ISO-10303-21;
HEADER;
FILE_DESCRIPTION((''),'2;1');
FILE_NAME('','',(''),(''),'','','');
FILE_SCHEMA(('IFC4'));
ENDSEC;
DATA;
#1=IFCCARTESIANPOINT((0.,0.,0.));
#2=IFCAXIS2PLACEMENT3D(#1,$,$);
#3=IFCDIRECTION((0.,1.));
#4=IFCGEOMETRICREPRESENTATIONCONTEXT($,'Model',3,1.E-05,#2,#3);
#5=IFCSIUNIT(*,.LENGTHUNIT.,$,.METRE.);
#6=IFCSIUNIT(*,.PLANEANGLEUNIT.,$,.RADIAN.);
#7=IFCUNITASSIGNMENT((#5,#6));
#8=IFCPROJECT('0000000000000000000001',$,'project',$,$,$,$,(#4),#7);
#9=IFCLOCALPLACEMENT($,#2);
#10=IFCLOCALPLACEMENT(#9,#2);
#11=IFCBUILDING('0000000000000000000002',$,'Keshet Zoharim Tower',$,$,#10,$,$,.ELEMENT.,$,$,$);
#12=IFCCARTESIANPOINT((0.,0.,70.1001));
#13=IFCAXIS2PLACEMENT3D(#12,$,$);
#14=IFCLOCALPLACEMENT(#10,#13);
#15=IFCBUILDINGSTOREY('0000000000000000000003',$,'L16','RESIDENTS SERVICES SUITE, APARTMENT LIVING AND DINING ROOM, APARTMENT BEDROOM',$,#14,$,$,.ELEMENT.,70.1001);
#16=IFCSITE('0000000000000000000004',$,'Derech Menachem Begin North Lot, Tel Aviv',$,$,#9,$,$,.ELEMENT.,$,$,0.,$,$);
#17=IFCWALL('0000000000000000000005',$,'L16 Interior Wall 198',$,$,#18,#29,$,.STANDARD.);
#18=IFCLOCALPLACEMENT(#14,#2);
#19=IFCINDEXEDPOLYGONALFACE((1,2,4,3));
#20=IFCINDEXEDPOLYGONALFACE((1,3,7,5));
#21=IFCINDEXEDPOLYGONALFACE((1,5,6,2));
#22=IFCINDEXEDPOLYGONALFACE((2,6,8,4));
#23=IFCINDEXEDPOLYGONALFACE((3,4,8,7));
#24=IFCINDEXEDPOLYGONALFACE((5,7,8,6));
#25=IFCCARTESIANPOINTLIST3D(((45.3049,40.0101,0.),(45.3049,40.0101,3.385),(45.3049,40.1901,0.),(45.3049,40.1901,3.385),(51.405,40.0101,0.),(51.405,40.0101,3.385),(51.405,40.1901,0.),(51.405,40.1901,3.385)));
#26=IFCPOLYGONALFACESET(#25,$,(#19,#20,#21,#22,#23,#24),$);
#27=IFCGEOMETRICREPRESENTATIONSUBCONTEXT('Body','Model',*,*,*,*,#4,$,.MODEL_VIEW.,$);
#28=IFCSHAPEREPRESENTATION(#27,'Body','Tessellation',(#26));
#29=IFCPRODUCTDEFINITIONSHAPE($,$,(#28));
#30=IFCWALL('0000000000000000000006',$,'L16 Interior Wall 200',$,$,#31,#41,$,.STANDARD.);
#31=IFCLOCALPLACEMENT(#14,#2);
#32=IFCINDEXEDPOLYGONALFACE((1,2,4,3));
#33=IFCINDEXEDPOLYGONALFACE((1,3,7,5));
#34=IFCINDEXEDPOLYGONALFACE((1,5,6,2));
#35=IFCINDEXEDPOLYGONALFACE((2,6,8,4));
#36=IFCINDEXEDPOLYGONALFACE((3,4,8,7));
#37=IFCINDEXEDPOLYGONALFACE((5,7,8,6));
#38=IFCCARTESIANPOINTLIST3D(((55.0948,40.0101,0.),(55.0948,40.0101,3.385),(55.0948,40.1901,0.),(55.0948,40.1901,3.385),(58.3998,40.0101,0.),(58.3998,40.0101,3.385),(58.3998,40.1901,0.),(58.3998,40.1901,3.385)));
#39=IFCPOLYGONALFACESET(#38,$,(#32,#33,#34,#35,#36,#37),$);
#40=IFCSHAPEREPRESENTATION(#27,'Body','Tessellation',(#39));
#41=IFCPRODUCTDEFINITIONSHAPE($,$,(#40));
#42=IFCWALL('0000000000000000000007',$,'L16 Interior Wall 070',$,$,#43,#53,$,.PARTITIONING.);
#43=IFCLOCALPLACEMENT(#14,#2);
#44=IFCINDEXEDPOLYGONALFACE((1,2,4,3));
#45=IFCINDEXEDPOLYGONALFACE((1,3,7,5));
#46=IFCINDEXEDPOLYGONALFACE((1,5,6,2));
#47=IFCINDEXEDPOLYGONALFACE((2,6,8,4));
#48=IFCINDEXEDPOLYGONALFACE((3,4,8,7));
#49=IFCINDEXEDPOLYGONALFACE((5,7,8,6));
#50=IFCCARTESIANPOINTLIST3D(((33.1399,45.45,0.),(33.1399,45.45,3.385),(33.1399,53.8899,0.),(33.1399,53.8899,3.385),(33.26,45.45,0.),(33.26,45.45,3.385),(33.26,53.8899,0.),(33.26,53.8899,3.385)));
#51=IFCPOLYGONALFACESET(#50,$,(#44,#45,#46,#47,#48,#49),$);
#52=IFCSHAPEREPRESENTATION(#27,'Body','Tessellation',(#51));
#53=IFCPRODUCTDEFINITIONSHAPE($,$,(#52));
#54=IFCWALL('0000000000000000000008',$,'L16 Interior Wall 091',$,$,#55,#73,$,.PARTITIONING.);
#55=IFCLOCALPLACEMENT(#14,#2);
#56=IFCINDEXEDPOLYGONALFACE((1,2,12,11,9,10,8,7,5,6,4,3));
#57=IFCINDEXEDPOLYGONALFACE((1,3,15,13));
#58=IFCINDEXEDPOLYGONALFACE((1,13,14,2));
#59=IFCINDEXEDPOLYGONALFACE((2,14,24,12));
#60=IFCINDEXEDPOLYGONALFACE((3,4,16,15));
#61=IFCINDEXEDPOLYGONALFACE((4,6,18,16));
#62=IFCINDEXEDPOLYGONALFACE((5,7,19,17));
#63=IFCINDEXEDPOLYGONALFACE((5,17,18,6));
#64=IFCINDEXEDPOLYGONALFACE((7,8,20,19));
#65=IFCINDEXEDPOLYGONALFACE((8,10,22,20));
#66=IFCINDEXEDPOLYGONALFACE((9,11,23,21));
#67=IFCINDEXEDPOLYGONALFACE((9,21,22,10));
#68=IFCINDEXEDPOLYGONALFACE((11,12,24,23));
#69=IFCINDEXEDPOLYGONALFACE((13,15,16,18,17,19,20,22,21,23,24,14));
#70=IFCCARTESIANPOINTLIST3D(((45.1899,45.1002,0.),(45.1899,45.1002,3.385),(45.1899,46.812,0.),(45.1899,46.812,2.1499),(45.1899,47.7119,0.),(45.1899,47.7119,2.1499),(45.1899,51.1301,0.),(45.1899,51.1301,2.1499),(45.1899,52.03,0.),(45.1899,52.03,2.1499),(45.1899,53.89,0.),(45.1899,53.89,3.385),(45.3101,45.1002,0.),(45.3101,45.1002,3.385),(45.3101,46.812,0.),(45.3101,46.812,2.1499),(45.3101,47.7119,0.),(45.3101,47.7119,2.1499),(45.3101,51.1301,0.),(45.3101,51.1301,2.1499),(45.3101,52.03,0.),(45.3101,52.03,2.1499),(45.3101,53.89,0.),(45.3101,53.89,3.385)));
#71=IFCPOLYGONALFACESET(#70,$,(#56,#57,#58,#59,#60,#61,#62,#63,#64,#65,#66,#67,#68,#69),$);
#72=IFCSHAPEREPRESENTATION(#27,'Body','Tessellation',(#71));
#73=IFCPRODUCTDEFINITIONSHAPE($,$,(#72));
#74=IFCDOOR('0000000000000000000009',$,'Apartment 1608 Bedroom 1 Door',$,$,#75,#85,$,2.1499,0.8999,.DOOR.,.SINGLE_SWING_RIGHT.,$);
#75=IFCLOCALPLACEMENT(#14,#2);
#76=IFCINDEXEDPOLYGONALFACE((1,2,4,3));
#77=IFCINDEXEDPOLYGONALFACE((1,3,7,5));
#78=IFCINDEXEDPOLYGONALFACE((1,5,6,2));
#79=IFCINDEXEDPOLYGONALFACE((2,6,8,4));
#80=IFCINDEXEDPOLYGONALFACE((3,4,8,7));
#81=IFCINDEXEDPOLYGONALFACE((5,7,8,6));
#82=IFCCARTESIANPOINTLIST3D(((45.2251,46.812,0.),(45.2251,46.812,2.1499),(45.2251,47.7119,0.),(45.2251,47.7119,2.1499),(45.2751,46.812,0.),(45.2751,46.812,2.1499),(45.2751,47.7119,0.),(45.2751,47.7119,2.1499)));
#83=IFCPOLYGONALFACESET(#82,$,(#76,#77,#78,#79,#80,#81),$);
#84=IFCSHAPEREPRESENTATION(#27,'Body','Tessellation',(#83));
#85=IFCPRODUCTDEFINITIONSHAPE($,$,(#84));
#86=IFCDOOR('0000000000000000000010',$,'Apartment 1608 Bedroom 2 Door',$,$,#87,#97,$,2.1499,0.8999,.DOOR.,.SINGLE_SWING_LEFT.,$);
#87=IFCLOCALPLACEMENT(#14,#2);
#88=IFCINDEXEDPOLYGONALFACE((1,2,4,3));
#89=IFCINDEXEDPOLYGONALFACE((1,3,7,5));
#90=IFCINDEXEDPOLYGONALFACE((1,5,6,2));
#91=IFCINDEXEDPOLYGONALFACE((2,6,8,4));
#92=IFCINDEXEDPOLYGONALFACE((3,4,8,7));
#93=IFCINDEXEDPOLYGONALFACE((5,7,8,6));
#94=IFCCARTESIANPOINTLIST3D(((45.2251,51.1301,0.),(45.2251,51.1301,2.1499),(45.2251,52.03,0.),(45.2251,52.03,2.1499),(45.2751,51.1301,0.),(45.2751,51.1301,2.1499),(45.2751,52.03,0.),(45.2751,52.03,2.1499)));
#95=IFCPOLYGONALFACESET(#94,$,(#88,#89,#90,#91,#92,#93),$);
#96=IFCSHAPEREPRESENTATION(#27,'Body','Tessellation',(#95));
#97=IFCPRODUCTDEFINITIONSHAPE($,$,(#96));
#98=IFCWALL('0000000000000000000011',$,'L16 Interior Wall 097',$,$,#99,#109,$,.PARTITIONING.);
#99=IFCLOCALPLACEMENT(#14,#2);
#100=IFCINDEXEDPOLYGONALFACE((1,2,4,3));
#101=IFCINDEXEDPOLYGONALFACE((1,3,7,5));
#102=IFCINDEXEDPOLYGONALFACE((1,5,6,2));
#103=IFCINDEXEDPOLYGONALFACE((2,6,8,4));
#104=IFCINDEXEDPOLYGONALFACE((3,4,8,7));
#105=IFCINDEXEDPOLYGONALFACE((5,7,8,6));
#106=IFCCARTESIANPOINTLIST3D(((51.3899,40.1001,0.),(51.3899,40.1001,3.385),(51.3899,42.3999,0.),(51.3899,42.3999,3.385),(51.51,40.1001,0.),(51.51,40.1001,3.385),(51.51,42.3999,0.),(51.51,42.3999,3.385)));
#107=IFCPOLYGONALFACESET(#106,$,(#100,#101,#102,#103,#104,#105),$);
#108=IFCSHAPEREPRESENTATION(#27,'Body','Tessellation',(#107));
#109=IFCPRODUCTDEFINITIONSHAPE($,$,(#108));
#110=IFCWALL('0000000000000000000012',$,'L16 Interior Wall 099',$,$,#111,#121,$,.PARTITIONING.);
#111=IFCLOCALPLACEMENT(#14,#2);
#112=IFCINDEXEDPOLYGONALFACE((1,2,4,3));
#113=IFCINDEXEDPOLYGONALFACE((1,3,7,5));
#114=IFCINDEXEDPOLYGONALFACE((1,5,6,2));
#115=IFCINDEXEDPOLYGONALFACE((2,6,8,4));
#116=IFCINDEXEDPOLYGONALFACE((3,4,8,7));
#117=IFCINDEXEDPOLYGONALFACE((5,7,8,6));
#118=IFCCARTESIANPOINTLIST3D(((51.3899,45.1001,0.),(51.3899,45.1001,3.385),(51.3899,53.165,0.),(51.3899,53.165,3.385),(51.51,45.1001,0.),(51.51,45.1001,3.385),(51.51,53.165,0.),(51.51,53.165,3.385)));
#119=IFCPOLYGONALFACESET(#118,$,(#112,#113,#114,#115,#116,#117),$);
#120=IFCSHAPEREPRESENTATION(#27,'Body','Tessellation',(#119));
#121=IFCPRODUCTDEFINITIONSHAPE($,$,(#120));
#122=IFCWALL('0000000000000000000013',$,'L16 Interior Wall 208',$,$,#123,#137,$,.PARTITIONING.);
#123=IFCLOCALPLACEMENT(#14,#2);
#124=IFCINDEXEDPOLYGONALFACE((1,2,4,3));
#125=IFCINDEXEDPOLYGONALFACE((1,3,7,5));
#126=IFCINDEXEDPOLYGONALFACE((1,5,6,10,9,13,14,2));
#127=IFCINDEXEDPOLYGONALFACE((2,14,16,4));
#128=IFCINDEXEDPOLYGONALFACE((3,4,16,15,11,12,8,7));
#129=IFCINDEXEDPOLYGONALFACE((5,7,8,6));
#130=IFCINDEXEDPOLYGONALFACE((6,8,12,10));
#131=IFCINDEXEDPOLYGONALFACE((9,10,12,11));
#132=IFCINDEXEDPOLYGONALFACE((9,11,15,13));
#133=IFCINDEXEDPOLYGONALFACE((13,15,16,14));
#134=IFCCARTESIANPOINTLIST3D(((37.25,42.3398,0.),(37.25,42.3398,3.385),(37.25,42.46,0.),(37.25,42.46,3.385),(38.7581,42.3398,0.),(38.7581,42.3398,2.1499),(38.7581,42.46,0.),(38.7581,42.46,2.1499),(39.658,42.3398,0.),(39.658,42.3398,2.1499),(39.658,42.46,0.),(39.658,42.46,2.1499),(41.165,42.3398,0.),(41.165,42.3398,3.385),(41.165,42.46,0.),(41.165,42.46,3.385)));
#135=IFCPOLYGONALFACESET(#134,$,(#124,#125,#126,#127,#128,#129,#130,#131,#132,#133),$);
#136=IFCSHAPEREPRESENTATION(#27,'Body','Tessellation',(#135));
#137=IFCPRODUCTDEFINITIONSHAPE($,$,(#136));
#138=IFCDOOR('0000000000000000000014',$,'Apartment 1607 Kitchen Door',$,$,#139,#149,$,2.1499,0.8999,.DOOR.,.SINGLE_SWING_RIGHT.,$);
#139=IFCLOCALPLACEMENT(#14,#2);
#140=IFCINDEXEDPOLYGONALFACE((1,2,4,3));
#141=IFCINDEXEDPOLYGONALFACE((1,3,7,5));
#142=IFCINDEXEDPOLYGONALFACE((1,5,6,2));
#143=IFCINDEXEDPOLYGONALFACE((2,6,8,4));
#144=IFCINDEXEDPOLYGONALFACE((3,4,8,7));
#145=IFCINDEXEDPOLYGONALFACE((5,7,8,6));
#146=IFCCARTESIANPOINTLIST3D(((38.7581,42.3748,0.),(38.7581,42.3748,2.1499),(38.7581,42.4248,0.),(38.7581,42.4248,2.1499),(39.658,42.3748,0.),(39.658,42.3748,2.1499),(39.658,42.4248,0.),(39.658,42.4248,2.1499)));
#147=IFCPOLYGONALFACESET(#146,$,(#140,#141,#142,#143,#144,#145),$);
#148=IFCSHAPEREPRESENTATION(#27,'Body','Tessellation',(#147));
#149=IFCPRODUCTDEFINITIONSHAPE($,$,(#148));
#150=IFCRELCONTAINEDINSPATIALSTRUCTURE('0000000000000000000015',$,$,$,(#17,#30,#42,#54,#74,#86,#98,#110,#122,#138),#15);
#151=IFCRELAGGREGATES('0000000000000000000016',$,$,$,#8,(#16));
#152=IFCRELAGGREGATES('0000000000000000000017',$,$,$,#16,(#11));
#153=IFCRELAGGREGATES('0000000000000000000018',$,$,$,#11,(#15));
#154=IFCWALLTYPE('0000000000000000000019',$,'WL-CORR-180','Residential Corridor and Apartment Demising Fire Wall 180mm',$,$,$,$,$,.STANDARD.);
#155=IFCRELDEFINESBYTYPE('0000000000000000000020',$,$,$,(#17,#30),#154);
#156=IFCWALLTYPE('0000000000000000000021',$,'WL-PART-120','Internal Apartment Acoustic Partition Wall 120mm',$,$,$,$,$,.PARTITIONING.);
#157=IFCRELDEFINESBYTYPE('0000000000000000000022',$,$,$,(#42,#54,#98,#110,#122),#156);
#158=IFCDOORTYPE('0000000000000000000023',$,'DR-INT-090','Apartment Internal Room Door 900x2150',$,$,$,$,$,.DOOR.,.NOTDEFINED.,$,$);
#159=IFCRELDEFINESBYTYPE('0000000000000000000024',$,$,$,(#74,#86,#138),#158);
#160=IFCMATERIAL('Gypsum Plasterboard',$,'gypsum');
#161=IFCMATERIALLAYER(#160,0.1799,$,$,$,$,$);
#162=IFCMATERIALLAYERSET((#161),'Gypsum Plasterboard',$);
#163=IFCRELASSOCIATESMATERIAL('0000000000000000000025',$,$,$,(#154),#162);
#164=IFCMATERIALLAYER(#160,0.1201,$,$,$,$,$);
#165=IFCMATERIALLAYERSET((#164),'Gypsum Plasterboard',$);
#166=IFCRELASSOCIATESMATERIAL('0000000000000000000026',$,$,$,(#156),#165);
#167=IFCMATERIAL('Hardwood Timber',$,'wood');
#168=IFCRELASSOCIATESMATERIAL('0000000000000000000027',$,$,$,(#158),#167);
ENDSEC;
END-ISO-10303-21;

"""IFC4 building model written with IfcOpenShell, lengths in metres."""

from ifc_helpers import new_model, si_unit, direction, frame, frame_2d, origin, place, context, subcontext, project, spatial, rectangle, extrude, material, layer, layer_set, type_object, element, fill, save


model = new_model("IFC4")

# Units and contexts
model_context = context("Model", 3, precision=1e-05, world=origin(), true_north=direction((0.0, 1.0)))
body_context = subcontext(model_context, "Body", "Model", "MODEL_VIEW")
ifc_project = project(units=[si_unit("LENGTHUNIT", "METRE"), si_unit("PLANEANGLEUNIT", "RADIAN")], contexts=[model_context])

# Site, building, storey
site_placement = place(None, origin())
site = spatial("IfcSite", under=ifc_project, at=site_placement, Name="Derech Menachem Begin North Lot, Tel Aviv", CompositionType="ELEMENT", RefElevation=0.0)
building_placement = place(site_placement, origin())
building = spatial("IfcBuilding", under=site, at=building_placement, Name="Keshet Zoharim Tower", CompositionType="ELEMENT")
storey_placement = place(building_placement, frame((0.0, 0.0, 70.1001)))
storey = spatial("IfcBuildingStorey", under=building, at=storey_placement, Name="L16", Description="RESIDENTS SERVICES SUITE, APARTMENT LIVING AND DINING ROOM, APARTMENT BEDROOM", CompositionType="ELEMENT", Elevation=70.1001)

# Wall
ifc_material_1 = material(Name="Gypsum Plasterboard", Category="gypsum")
ifc_layer_1 = layer(ifc_material_1, 0.1799)
ifc_layer_set_1 = layer_set([ifc_layer_1], Name="Gypsum Plasterboard")
wall_type_1 = type_object("IfcWallType", Name="WL-CORR-180", Description="Residential Corridor and Apartment Demising Fire Wall 180mm", PredefinedType="STANDARD", material=ifc_layer_set_1)
wall_1_placement = place(storey_placement, frame((45.3049, 40.1001, 0.0), z_axis=(0.0, 0.0, 1.0), x_axis=(1.0, 0.0, 0.0)))
element("IfcWall", 1, at=wall_1_placement, inside=storey, type_object=wall_type_1, Name="L16 Interior Wall 198", PredefinedType="STANDARD", context=body_context, shape_type="SweptSolid", body=[
    extrude(rectangle(XDim=6.1001, YDim=0.1799, at=frame_2d((3.05, 0.0))), origin(), (0.0, 0.0, 1.0), 3.385),
])

# Shared definitions
ifc_material_2 = material(Name="Hardwood Timber", Category="wood")

# Walls
wall_2_placement = place(storey_placement, frame((55.095, 40.1001, 0.0), z_axis=(0.0, 0.0, 1.0), x_axis=(1.0, 0.0, 0.0)))
element("IfcWall", 2, at=wall_2_placement, inside=storey, type_object=wall_type_1, Name="L16 Interior Wall 200", PredefinedType="STANDARD", context=body_context, shape_type="SweptSolid", body=[
    extrude(rectangle(XDim=3.3049, YDim=0.1799, at=frame_2d((1.6523, 0.0))), origin(), (0.0, 0.0, 1.0), 3.385),
])
ifc_layer_2 = layer(ifc_material_1, 0.1201)
ifc_layer_set_2 = layer_set([ifc_layer_2], Name="Gypsum Plasterboard")
wall_type_2 = type_object("IfcWallType", Name="WL-PART-120", Description="Internal Apartment Acoustic Partition Wall 120mm", PredefinedType="PARTITIONING", material=ifc_layer_set_2)
wall_3_placement = place(storey_placement, frame((33.2, 45.45, 0.0), z_axis=(0.0, 0.0, 1.0), x_axis=(0.0, 1.0, 0.0)))
element("IfcWall", 3, at=wall_3_placement, inside=storey, type_object=wall_type_2, Name="L16 Interior Wall 070", PredefinedType="PARTITIONING", context=body_context, shape_type="SweptSolid", body=[
    extrude(rectangle(XDim=8.4399, YDim=0.1201, at=frame_2d((4.22, 0.0))), origin(), (0.0, 0.0, 1.0), 3.385),
])

# Shared definitions
door_type_1 = type_object("IfcDoorType", Name="DR-INT-090", Description="Apartment Internal Room Door 900x2150", OperationType="NOTDEFINED", PredefinedType="DOOR", material=ifc_material_2)

# Wall, openings, doors
wall_4_placement = place(storey_placement, frame((45.25, 45.1001, 0.0), z_axis=(0.0, 0.0, 1.0), x_axis=(0.0, 1.0, 0.0)))
wall_4 = element("IfcWall", 4, at=wall_4_placement, inside=storey, type_object=wall_type_2, Name="L16 Interior Wall 091", PredefinedType="PARTITIONING", context=body_context, shape_type="SweptSolid", body=[
    extrude(rectangle(XDim=8.7898, YDim=0.1201, at=frame_2d((4.395, 0.0))), origin(), (0.0, 0.0, 1.0), 3.385),
])
opening_1_placement = place(wall_4_placement, frame((1.7119, 0.0, 0.0)))
opening_1 = element("IfcOpeningElement", 5, at=opening_1_placement, cuts=wall_4, PredefinedType="OPENING", context=body_context, shape_type="SweptSolid", body=[
    extrude(rectangle(XDim=0.8999, YDim=2.1499, at=frame_2d((0.45, 1.075))), frame((0.0, 0.0701, 0.0), z_axis=(0.0, -1.0, 0.0), x_axis=(1.0, 0.0, 0.0)), (0.0, 0.0, 1.0), 0.1401),
])
opening_2_placement = place(wall_4_placement, frame((6.03, 0.0, 0.0)))
opening_2 = element("IfcOpeningElement", 6, at=opening_2_placement, cuts=wall_4, PredefinedType="OPENING", context=body_context, shape_type="SweptSolid", body=[
    extrude(rectangle(XDim=0.8999, YDim=2.1499, at=frame_2d((0.45, 1.075))), frame((0.0, 0.0701, 0.0), z_axis=(0.0, -1.0, 0.0), x_axis=(1.0, 0.0, 0.0)), (0.0, 0.0, 1.0), 0.1401),
])
door_1_placement = place(opening_1_placement, origin())
door_1 = element("IfcDoor", 7, at=door_1_placement, inside=storey, type_object=door_type_1, Name="Apartment 1608 Bedroom 1 Door", OperationType="SINGLE_SWING_RIGHT", OverallHeight=2.1499, OverallWidth=0.8999, PredefinedType="DOOR", context=body_context, shape_type="SweptSolid", body=[
    extrude(rectangle(XDim=0.8999, YDim=2.1499, at=frame_2d((0.45, 1.075))), frame((0.0, 0.0249, 0.0), z_axis=(0.0, -1.0, 0.0), x_axis=(1.0, 0.0, 0.0)), (0.0, 0.0, 1.0), 0.05),
])
fill(opening_1, door_1)
door_2_placement = place(opening_2_placement, origin())
door_2 = element("IfcDoor", 8, at=door_2_placement, inside=storey, type_object=door_type_1, Name="Apartment 1608 Bedroom 2 Door", OperationType="SINGLE_SWING_LEFT", OverallHeight=2.1499, OverallWidth=0.8999, PredefinedType="DOOR", context=body_context, shape_type="SweptSolid", body=[
    extrude(rectangle(XDim=0.8999, YDim=2.1499, at=frame_2d((0.45, 1.075))), frame((0.0, 0.0249, 0.0), z_axis=(0.0, -1.0, 0.0), x_axis=(1.0, 0.0, 0.0)), (0.0, 0.0, 1.0), 0.05),
])
fill(opening_2, door_2)

# Walls
wall_5_placement = place(storey_placement, frame((51.45, 40.1001, 0.0), z_axis=(0.0, 0.0, 1.0), x_axis=(0.0, 1.0, 0.0)))
element("IfcWall", 9, at=wall_5_placement, inside=storey, type_object=wall_type_2, Name="L16 Interior Wall 097", PredefinedType="PARTITIONING", context=body_context, shape_type="SweptSolid", body=[
    extrude(rectangle(XDim=2.2998, YDim=0.1201, at=frame_2d((1.1499, 0.0))), origin(), (0.0, 0.0, 1.0), 3.385),
])
wall_6_placement = place(storey_placement, frame((51.45, 45.1001, 0.0), z_axis=(0.0, 0.0, 1.0), x_axis=(0.0, 1.0, 0.0)))
element("IfcWall", 10, at=wall_6_placement, inside=storey, type_object=wall_type_2, Name="L16 Interior Wall 099", PredefinedType="PARTITIONING", context=body_context, shape_type="SweptSolid", body=[
    extrude(rectangle(XDim=8.0649, YDim=0.1201, at=frame_2d((4.0325, 0.0))), origin(), (0.0, 0.0, 1.0), 3.385),
])

# Wall, opening, door
wall_7_placement = place(storey_placement, frame((37.25, 42.3999, 0.0), z_axis=(0.0, 0.0, 1.0), x_axis=(1.0, 0.0, 0.0)))
wall_7 = element("IfcWall", 11, at=wall_7_placement, inside=storey, type_object=wall_type_2, Name="L16 Interior Wall 208", PredefinedType="PARTITIONING", context=body_context, shape_type="SweptSolid", body=[
    extrude(rectangle(XDim=3.915, YDim=0.1201, at=frame_2d((1.9575, 0.0))), origin(), (0.0, 0.0, 1.0), 3.385),
])
opening_3_placement = place(wall_7_placement, frame((1.5081, 0.0, 0.0)))
opening_3 = element("IfcOpeningElement", 12, at=opening_3_placement, cuts=wall_7, PredefinedType="OPENING", context=body_context, shape_type="SweptSolid", body=[
    extrude(rectangle(XDim=0.8999, YDim=2.1499, at=frame_2d((0.45, 1.075))), frame((0.0, 0.0701, 0.0), z_axis=(0.0, -1.0, 0.0), x_axis=(1.0, 0.0, 0.0)), (0.0, 0.0, 1.0), 0.1401),
])
door_3_placement = place(opening_3_placement, origin())
door_3 = element("IfcDoor", 13, at=door_3_placement, inside=storey, type_object=door_type_1, Name="Apartment 1607 Kitchen Door", OperationType="SINGLE_SWING_RIGHT", OverallHeight=2.1499, OverallWidth=0.8999, PredefinedType="DOOR", context=body_context, shape_type="SweptSolid", body=[
    extrude(rectangle(XDim=0.8999, YDim=2.1499, at=frame_2d((0.45, 1.075))), frame((0.0, 0.0249, 0.0), z_axis=(0.0, -1.0, 0.0), x_axis=(1.0, 0.0, 0.0)), (0.0, 0.0, 1.0), 0.05),
])
fill(opening_3, door_3)

save(model, "model.ifc")
